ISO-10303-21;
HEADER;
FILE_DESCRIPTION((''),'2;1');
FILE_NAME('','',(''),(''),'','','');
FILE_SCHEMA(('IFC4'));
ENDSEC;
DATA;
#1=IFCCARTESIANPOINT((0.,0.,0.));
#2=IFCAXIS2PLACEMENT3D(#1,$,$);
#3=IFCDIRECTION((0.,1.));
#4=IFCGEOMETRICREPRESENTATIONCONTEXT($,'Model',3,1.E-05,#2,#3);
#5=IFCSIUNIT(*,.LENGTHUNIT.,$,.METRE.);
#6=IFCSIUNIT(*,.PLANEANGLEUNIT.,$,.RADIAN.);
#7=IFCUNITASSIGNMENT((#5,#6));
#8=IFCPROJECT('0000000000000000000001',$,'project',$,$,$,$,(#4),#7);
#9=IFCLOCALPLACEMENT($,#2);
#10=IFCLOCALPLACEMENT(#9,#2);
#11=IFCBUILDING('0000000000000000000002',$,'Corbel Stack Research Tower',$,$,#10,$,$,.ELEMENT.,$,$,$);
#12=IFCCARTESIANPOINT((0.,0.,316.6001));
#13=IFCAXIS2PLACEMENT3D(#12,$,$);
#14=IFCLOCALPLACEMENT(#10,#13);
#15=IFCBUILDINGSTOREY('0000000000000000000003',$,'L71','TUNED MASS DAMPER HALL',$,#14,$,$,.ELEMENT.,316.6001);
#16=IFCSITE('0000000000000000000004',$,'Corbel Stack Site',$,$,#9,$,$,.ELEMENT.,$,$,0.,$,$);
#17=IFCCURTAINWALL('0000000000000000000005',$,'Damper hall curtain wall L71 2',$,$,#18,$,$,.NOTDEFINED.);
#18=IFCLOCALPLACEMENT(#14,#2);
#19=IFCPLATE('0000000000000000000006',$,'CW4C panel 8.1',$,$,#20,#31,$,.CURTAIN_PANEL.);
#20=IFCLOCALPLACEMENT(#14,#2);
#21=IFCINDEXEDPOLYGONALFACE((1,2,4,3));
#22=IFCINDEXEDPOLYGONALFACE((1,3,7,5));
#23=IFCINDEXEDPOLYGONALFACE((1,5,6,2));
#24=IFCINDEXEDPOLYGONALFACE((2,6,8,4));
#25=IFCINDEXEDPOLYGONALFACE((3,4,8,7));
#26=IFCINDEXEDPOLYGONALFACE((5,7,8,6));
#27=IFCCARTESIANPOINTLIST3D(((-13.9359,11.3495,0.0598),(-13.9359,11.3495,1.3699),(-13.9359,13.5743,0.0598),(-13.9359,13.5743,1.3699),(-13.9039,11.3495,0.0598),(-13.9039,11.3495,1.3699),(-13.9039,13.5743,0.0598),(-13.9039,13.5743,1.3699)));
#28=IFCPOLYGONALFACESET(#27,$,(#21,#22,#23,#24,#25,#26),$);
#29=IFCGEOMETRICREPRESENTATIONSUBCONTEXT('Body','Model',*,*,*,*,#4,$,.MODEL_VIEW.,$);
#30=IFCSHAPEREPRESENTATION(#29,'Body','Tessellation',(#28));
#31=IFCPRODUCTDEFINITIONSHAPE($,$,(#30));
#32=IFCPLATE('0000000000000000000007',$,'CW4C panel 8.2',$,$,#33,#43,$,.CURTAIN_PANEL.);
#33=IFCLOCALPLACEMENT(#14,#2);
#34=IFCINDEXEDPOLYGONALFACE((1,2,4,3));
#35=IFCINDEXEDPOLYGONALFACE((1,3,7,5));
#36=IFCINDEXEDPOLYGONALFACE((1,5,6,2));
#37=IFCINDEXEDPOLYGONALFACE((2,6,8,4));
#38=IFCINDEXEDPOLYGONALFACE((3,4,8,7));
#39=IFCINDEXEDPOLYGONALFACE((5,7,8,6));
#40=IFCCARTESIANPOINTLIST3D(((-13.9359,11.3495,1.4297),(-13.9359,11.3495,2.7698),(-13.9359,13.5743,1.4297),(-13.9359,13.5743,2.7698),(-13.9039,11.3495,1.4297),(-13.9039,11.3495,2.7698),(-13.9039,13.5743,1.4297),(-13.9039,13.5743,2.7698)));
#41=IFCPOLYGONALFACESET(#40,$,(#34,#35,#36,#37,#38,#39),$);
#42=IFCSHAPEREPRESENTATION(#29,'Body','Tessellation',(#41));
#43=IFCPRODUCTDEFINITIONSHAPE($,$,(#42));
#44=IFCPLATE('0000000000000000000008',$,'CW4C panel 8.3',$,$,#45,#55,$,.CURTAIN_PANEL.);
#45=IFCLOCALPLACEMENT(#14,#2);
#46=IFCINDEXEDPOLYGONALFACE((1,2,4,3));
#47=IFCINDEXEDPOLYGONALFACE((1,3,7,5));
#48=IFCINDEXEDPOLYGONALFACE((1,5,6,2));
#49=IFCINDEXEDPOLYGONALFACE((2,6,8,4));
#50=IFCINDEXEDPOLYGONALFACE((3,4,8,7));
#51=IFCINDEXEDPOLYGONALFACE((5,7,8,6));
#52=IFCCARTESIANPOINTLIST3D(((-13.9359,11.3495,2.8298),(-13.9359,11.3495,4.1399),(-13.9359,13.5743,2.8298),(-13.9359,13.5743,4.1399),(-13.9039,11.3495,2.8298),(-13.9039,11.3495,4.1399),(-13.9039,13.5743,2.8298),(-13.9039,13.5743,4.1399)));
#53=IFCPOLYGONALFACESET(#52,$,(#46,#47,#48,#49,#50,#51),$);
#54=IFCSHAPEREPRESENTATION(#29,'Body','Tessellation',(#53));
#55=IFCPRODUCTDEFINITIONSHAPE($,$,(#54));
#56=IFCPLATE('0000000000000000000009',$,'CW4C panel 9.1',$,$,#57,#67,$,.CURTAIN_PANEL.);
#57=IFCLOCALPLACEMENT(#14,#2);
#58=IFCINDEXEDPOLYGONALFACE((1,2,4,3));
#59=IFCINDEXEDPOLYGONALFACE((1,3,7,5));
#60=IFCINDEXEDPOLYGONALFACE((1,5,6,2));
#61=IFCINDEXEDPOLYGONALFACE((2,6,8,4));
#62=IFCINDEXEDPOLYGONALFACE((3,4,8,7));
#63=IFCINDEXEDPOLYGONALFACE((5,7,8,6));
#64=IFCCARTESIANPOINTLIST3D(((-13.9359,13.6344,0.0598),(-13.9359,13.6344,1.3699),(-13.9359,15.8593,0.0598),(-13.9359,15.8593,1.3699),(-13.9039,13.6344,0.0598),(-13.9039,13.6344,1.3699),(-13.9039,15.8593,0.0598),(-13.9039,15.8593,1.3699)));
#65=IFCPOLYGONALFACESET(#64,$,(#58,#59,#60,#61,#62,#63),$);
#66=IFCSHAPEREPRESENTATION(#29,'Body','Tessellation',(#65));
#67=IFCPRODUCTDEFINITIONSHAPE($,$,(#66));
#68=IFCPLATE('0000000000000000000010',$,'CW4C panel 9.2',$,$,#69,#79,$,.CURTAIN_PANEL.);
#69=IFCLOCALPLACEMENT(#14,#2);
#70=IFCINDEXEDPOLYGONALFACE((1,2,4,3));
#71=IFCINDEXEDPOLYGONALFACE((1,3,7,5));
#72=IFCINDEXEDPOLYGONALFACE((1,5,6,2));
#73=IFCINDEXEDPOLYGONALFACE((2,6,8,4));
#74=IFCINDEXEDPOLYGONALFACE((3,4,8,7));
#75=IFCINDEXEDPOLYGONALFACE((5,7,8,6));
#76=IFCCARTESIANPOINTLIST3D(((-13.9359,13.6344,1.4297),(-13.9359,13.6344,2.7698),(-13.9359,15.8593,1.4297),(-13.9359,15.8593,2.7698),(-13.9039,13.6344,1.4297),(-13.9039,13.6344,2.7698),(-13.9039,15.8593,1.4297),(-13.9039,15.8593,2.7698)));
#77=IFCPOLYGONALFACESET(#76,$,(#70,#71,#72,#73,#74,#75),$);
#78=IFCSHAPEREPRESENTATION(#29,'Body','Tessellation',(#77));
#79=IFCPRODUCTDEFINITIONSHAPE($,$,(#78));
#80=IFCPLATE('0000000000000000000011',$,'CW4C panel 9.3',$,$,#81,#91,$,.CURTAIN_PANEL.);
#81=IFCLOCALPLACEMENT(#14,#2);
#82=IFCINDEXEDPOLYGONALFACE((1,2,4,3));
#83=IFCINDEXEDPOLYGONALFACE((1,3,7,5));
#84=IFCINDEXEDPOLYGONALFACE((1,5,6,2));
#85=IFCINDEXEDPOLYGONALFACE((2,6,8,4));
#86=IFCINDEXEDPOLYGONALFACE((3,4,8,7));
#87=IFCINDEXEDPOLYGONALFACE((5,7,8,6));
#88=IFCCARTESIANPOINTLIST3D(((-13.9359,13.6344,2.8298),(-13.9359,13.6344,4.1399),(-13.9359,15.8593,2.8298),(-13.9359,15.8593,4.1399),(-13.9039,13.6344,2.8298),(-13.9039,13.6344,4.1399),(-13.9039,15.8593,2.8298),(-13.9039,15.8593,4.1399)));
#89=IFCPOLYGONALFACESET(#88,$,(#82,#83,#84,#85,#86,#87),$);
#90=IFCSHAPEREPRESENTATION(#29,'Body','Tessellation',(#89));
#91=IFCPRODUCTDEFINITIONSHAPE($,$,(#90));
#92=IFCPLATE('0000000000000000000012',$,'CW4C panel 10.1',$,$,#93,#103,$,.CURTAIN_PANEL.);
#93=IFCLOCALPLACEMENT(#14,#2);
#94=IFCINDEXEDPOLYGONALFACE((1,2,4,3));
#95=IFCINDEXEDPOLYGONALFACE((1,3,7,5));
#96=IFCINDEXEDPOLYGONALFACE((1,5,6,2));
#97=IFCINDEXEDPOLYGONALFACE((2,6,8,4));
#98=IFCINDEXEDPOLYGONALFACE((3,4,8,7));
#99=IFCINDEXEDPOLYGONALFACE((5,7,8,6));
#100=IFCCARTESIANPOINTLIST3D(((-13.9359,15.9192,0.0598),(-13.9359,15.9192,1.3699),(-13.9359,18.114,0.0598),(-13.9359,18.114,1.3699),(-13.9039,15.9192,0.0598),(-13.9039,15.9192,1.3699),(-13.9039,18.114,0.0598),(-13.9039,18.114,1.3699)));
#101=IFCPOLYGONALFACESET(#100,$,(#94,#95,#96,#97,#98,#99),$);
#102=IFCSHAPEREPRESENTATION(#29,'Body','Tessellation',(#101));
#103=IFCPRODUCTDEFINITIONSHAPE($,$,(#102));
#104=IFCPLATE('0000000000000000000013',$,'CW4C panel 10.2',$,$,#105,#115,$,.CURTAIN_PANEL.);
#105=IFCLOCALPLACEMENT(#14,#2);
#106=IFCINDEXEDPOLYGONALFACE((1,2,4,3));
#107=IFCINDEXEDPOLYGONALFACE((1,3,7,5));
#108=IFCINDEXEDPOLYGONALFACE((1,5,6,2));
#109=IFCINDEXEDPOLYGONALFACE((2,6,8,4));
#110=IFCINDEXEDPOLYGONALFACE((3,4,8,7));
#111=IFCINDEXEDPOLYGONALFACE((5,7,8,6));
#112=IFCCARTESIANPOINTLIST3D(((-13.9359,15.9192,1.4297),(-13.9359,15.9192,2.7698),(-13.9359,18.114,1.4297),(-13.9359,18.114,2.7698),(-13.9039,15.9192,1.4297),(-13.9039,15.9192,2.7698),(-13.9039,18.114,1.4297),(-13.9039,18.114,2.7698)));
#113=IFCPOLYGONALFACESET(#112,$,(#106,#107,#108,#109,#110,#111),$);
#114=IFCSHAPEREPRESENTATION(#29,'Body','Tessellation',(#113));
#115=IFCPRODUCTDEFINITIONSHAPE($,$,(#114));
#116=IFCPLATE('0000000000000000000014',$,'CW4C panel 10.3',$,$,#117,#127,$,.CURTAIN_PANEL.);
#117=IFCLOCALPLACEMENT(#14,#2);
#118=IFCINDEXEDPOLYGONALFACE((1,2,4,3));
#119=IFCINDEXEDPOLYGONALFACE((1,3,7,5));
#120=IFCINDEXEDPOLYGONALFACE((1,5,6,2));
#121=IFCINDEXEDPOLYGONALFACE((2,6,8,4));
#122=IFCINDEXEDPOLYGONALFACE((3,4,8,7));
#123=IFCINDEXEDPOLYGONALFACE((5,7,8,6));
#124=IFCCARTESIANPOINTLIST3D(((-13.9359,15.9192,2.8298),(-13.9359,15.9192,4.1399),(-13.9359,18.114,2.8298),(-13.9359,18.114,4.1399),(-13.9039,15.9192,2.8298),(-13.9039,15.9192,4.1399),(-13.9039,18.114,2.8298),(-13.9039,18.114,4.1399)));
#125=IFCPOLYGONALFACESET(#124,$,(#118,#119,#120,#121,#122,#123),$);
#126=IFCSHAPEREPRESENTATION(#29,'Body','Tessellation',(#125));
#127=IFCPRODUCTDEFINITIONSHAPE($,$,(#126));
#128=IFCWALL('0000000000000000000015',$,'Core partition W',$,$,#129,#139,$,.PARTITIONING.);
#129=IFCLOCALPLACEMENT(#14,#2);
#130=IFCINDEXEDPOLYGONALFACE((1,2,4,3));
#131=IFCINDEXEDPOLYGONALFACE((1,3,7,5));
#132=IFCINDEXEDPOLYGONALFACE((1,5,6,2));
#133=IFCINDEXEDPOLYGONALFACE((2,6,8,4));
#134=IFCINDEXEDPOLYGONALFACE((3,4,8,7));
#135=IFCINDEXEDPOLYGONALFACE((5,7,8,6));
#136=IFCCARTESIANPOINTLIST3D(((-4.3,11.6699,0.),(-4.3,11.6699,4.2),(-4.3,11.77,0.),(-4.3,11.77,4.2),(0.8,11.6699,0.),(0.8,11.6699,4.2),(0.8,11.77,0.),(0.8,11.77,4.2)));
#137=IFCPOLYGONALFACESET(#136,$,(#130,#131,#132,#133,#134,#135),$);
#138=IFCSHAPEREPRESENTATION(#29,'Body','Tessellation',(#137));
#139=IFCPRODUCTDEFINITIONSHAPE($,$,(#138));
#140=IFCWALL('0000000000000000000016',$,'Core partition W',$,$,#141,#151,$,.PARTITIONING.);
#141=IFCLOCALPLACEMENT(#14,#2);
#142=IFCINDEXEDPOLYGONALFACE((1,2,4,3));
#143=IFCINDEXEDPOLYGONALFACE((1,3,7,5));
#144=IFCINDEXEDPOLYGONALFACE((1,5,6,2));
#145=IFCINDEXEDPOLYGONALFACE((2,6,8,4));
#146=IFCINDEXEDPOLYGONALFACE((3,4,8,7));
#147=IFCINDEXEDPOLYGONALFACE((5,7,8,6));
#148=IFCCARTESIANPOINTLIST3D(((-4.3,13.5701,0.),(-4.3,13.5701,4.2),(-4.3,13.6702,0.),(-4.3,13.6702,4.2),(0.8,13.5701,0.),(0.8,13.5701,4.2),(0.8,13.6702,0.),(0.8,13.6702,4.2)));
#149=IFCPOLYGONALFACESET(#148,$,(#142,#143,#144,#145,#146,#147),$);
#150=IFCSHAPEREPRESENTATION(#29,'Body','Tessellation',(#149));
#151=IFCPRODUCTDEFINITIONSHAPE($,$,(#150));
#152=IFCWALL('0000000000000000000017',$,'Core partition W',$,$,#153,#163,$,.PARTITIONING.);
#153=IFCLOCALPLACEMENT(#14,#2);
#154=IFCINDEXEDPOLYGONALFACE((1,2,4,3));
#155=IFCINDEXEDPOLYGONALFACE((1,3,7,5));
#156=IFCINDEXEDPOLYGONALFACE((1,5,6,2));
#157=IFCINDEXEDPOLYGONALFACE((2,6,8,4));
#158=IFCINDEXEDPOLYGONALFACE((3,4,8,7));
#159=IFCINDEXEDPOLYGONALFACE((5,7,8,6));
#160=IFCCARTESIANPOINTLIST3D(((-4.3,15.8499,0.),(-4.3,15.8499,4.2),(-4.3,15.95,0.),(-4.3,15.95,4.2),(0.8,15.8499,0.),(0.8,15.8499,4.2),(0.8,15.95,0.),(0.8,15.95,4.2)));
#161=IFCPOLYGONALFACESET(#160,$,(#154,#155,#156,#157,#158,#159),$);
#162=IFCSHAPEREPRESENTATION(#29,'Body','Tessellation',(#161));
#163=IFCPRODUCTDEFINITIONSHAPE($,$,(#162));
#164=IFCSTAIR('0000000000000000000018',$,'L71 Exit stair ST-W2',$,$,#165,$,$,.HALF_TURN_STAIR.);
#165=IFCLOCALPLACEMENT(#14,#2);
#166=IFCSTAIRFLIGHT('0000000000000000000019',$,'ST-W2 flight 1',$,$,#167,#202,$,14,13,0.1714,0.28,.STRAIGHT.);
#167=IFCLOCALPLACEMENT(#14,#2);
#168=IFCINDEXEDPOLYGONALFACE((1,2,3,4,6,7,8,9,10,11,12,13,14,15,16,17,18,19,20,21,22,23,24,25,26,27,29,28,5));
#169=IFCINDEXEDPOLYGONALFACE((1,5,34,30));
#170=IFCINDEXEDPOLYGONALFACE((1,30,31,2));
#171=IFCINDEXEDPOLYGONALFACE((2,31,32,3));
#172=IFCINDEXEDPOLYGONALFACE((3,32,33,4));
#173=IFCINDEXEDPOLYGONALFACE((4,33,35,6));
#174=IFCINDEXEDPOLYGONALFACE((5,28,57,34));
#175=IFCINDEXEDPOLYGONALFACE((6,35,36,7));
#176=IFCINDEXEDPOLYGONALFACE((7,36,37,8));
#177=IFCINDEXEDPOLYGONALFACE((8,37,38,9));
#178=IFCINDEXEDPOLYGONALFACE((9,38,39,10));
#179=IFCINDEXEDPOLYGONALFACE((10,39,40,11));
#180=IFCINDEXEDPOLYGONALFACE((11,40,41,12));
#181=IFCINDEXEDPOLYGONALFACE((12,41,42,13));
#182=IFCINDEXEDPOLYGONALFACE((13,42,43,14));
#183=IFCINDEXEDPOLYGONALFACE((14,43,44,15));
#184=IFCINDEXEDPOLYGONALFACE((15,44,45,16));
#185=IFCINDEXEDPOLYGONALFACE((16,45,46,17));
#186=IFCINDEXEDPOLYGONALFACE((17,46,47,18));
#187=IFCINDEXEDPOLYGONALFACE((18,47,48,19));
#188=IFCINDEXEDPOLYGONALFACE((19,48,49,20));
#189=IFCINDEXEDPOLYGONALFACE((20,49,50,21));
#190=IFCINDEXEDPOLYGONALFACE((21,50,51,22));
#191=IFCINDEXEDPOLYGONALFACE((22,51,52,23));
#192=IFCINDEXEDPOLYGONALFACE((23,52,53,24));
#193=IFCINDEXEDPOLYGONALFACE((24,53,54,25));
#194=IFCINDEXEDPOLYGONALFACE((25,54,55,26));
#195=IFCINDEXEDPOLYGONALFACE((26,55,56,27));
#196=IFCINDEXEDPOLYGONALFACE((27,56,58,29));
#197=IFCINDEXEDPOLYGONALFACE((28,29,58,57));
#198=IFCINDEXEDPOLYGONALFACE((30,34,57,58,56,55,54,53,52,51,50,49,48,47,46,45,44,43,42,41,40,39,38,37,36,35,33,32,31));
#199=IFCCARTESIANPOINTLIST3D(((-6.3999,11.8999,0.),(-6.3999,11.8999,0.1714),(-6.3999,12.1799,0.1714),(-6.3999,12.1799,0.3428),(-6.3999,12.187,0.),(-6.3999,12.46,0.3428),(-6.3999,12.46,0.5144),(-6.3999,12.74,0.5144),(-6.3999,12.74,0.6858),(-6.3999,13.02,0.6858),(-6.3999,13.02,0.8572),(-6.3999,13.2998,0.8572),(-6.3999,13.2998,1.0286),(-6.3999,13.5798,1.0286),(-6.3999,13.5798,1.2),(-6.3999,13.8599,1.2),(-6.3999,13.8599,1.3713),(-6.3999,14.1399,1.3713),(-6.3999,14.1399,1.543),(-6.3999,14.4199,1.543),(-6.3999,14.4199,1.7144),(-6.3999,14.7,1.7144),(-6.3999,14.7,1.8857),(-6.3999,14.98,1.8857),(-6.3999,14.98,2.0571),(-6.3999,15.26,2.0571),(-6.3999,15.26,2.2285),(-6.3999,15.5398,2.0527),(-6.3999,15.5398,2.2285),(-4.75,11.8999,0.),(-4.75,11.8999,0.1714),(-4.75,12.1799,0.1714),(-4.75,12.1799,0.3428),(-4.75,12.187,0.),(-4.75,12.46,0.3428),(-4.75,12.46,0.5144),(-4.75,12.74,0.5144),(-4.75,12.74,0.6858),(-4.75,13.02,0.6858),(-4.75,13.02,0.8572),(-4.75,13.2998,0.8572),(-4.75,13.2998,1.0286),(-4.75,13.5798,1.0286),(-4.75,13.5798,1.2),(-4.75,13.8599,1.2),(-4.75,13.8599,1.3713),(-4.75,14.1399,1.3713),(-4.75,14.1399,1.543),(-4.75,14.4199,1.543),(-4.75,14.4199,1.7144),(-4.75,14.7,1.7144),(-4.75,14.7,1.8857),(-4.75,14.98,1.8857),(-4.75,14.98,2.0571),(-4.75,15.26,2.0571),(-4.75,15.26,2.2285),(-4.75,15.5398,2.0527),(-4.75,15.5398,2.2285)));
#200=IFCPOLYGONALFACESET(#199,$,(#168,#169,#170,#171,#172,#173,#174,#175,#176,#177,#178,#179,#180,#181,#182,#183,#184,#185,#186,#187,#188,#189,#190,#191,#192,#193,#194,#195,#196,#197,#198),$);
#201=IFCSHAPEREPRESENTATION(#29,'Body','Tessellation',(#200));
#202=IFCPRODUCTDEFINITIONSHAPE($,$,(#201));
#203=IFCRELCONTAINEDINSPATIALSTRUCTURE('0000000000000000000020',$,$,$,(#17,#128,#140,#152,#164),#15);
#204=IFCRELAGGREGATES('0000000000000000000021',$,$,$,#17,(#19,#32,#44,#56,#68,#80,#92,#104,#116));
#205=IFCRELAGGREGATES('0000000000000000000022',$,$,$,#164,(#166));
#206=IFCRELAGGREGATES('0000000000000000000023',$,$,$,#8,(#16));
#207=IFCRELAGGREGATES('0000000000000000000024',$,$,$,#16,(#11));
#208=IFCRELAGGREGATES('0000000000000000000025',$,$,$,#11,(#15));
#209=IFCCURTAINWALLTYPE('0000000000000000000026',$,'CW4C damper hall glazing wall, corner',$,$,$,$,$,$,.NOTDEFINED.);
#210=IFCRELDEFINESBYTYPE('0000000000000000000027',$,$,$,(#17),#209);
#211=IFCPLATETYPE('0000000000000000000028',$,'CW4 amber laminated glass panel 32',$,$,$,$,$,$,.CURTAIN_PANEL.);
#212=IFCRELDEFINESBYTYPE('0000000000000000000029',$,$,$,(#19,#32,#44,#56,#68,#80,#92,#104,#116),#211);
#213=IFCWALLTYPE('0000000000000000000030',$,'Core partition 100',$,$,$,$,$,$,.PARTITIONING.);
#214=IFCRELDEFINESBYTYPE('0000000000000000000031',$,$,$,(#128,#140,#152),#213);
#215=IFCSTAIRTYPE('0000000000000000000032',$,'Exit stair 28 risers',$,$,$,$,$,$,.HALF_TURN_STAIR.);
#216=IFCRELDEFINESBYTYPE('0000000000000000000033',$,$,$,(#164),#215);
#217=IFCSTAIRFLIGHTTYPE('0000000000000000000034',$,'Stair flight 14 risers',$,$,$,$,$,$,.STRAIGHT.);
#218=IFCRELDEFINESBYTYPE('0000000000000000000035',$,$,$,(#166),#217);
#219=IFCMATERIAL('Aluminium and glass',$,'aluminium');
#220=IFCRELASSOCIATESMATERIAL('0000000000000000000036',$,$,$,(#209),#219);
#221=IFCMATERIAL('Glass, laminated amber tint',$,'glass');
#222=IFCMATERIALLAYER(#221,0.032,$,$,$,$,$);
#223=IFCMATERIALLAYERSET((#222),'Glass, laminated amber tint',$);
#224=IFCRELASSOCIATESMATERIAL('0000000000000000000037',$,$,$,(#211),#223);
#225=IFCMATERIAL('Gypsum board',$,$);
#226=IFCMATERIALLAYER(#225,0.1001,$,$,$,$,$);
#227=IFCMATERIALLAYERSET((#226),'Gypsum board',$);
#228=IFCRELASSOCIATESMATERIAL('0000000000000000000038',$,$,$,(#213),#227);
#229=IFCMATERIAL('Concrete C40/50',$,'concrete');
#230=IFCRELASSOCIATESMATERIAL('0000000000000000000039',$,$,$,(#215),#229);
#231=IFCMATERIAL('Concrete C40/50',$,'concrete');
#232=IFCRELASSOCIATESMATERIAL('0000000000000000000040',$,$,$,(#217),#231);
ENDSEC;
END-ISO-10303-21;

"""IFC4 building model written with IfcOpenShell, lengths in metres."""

from ifc_helpers import new_model, si_unit, direction, frame, frame_2d, origin, origin_2d, place, context, subcontext, project, spatial, polyline, rectangle, outline, extrude, material, layer, layer_set, type_object, element, aggregate, save


model = new_model("IFC4")

# Units and contexts
model_context = context("Model", 3, precision=1e-05, world=origin(), true_north=direction((0.0, 1.0)))
body_context = subcontext(model_context, "Body", "Model", "MODEL_VIEW")
ifc_project = project(units=[si_unit("LENGTHUNIT", "METRE"), si_unit("PLANEANGLEUNIT", "RADIAN")], contexts=[model_context])

# Site, building, storey
site_placement = place(None, origin())
site = spatial("IfcSite", under=ifc_project, at=site_placement, Name="Corbel Stack Site", CompositionType="ELEMENT", RefElevation=0.0)
building_placement = place(site_placement, origin())
building = spatial("IfcBuilding", under=site, at=building_placement, Name="Corbel Stack Research Tower", CompositionType="ELEMENT")
storey_placement = place(building_placement, frame((0.0, 0.0, 316.6001)))
storey = spatial("IfcBuildingStorey", under=building, at=storey_placement, Name="L71", Description="TUNED MASS DAMPER HALL", CompositionType="ELEMENT", Elevation=316.6001)

# Curtain wall
ifc_material_1 = material(Name="Aluminium and glass", Category="aluminium")
curtain_wall_type = type_object("IfcCurtainWallType", Name="CW4C damper hall glazing wall, corner", PredefinedType="NOTDEFINED", material=ifc_material_1)
curtain_wall_placement = place(storey_placement, origin())
curtain_wall = element("IfcCurtainWall", 1, at=curtain_wall_placement, inside=storey, type_object=curtain_wall_type, Name="Damper hall curtain wall L71 2", PredefinedType="NOTDEFINED")

# Plates
ifc_material_2 = material(Name="Glass, laminated amber tint", Category="glass")
ifc_layer_1 = layer(ifc_material_2, 0.032)
ifc_layer_set_1 = layer_set([ifc_layer_1], Name="Glass, laminated amber tint")
plate_type = type_object("IfcPlateType", Name="CW4 amber laminated glass panel 32", PredefinedType="CURTAIN_PANEL", material=ifc_layer_set_1)
plate_1_placement = place(storey_placement, frame((-13.9199, 12.4619, 0.0598), z_axis=(0.0, 0.0, 1.0), x_axis=(0.0, 1.0, 0.0)))
plate_1 = element("IfcPlate", 2, at=plate_1_placement, type_object=plate_type, Name="CW4C panel 8.1", PredefinedType="CURTAIN_PANEL", context=body_context, shape_type="SweptSolid", body=[
    extrude(rectangle(XDim=2.2249, YDim=0.032, at=origin_2d()), origin(), (0.0, 0.0, 1.0), 1.3101),
])
plate_2_placement = place(storey_placement, frame((-13.9199, 12.4619, 1.4297), z_axis=(0.0, 0.0, 1.0), x_axis=(0.0, 1.0, 0.0)))
plate_2 = element("IfcPlate", 3, at=plate_2_placement, type_object=plate_type, Name="CW4C panel 8.2", PredefinedType="CURTAIN_PANEL", context=body_context, shape_type="SweptSolid", body=[
    extrude(rectangle(XDim=2.2249, YDim=0.032, at=origin_2d()), origin(), (0.0, 0.0, 1.0), 1.3401),
])
plate_3_placement = place(storey_placement, frame((-13.9199, 12.4619, 2.8298), z_axis=(0.0, 0.0, 1.0), x_axis=(0.0, 1.0, 0.0)))
plate_3 = element("IfcPlate", 4, at=plate_3_placement, type_object=plate_type, Name="CW4C panel 8.3", PredefinedType="CURTAIN_PANEL", context=body_context, shape_type="SweptSolid", body=[
    extrude(rectangle(XDim=2.2249, YDim=0.032, at=origin_2d()), origin(), (0.0, 0.0, 1.0), 1.3101),
])
plate_4_placement = place(storey_placement, frame((-13.9199, 14.7468, 0.0598), z_axis=(0.0, 0.0, 1.0), x_axis=(0.0, 1.0, 0.0)))
plate_4 = element("IfcPlate", 5, at=plate_4_placement, type_object=plate_type, Name="CW4C panel 9.1", PredefinedType="CURTAIN_PANEL", context=body_context, shape_type="SweptSolid", body=[
    extrude(rectangle(XDim=2.2249, YDim=0.032, at=origin_2d()), origin(), (0.0, 0.0, 1.0), 1.3101),
])
plate_5_placement = place(storey_placement, frame((-13.9199, 14.7468, 1.4297), z_axis=(0.0, 0.0, 1.0), x_axis=(0.0, 1.0, 0.0)))
plate_5 = element("IfcPlate", 6, at=plate_5_placement, type_object=plate_type, Name="CW4C panel 9.2", PredefinedType="CURTAIN_PANEL", context=body_context, shape_type="SweptSolid", body=[
    extrude(rectangle(XDim=2.2249, YDim=0.032, at=origin_2d()), origin(), (0.0, 0.0, 1.0), 1.3401),
])
plate_6_placement = place(storey_placement, frame((-13.9199, 14.7468, 2.8298), z_axis=(0.0, 0.0, 1.0), x_axis=(0.0, 1.0, 0.0)))
plate_6 = element("IfcPlate", 7, at=plate_6_placement, type_object=plate_type, Name="CW4C panel 9.3", PredefinedType="CURTAIN_PANEL", context=body_context, shape_type="SweptSolid", body=[
    extrude(rectangle(XDim=2.2249, YDim=0.032, at=origin_2d()), origin(), (0.0, 0.0, 1.0), 1.3101),
])
plate_7_placement = place(storey_placement, frame((-13.9199, 17.0166, 0.0598), z_axis=(0.0, 0.0, 1.0), x_axis=(0.0, 1.0, 0.0)))
plate_7 = element("IfcPlate", 8, at=plate_7_placement, type_object=plate_type, Name="CW4C panel 10.1", PredefinedType="CURTAIN_PANEL", context=body_context, shape_type="SweptSolid", body=[
    extrude(rectangle(XDim=2.1948, YDim=0.032, at=origin_2d()), origin(), (0.0, 0.0, 1.0), 1.3101),
])
plate_8_placement = place(storey_placement, frame((-13.9199, 17.0166, 1.4297), z_axis=(0.0, 0.0, 1.0), x_axis=(0.0, 1.0, 0.0)))
plate_8 = element("IfcPlate", 9, at=plate_8_placement, type_object=plate_type, Name="CW4C panel 10.2", PredefinedType="CURTAIN_PANEL", context=body_context, shape_type="SweptSolid", body=[
    extrude(rectangle(XDim=2.1948, YDim=0.032, at=origin_2d()), origin(), (0.0, 0.0, 1.0), 1.3401),
])
plate_9_placement = place(storey_placement, frame((-13.9199, 17.0166, 2.8298), z_axis=(0.0, 0.0, 1.0), x_axis=(0.0, 1.0, 0.0)))
plate_9 = element("IfcPlate", 10, at=plate_9_placement, type_object=plate_type, Name="CW4C panel 10.3", PredefinedType="CURTAIN_PANEL", context=body_context, shape_type="SweptSolid", body=[
    extrude(rectangle(XDim=2.1948, YDim=0.032, at=origin_2d()), origin(), (0.0, 0.0, 1.0), 1.3101),
])
aggregate(curtain_wall, [plate_1, plate_2, plate_3, plate_4, plate_5, plate_6, plate_7, plate_8, plate_9])

# Walls
ifc_material_3 = material(Name="Gypsum board")
ifc_layer_2 = layer(ifc_material_3, 0.1001)
ifc_layer_set_2 = layer_set([ifc_layer_2], Name="Gypsum board")
wall_type = type_object("IfcWallType", Name="Core partition 100", PredefinedType="PARTITIONING", material=ifc_layer_set_2)
for number, where, z_axis, x_axis, name in (
    (11, (-4.3, 11.72, 0.0), (0.0, 0.0, 1.0), (1.0, 0.0, 0.0), "Core partition W"),
    (12, (-4.3, 13.6201, 0.0), (0.0, 0.0, 1.0), (1.0, 0.0, 0.0), "Core partition W"),
    (13, (-4.3, 15.8999, 0.0), (0.0, 0.0, 1.0), (1.0, 0.0, 0.0), "Core partition W"),
):
    element("IfcWall", number, at=place(storey_placement, frame(where, z_axis=z_axis, x_axis=x_axis)), inside=storey, type_object=wall_type, Name=name, PredefinedType="PARTITIONING", context=body_context, shape_type="SweptSolid", body=[
        extrude(rectangle(XDim=5.1001, YDim=0.1001, at=frame_2d((2.55, 0.0))), origin(), (0.0, 0.0, 1.0), 4.2),
    ])

# Stair, stair flight
ifc_material_4 = material(Name="Concrete C40/50", Category="concrete")
stair_type = type_object("IfcStairType", Name="Exit stair 28 risers", PredefinedType="HALF_TURN_STAIR", material=ifc_material_4)
stair_placement = place(storey_placement, origin())
stair = element("IfcStair", 14, at=stair_placement, inside=storey, type_object=stair_type, Name="L71 Exit stair ST-W2", PredefinedType="HALF_TURN_STAIR")
ifc_material_5 = material(Name="Concrete C40/50", Category="concrete")
stair_flight_type = type_object("IfcStairFlightType", Name="Stair flight 14 risers", PredefinedType="STRAIGHT", material=ifc_material_5)
stair_flight_1_placement = place(storey_placement, frame((-5.575, 11.8999, 0.0), z_axis=(0.0, 0.0, 1.0), x_axis=(0.0, 1.0, 0.0)))
stair_flight_1 = element("IfcStairFlight", 15, at=stair_flight_1_placement, type_object=stair_flight_type, Name="ST-W2 flight 1", NumberOfRisers=14, NumberOfTreads=13, PredefinedType="STRAIGHT", RiserHeight=0.1714, TreadLength=0.28, context=body_context, shape_type="SweptSolid", body=[
    extrude(outline(polyline([(0.0, 0.0), (0.0, 0.1714), (0.28, 0.1714), (0.28, 0.3428), (0.5601, 0.3428), (0.5601, 0.5144), (0.8401, 0.5144), (0.8401, 0.6858), (1.1201, 0.6858), (1.1201, 0.8572), (1.3999, 0.8572), (1.3999, 1.0286), (1.6799, 1.0286), (1.6799, 1.2), (1.96, 1.2), (1.96, 1.3713), (2.24, 1.3713), (2.24, 1.543), (2.52, 1.543), (2.52, 1.7144), (2.8, 1.7144), (2.8, 1.8857), (3.0801, 1.8857), (3.0801, 2.0571), (3.3601, 2.0571), (3.3601, 2.2285), (3.6399, 2.2285), (3.6399, 2.3999), (3.6399, 2.0527), (0.2871, 0.0), (0.0, 0.0)])), frame((0.0, 0.825, 0.0), z_axis=(0.0, -1.0, 0.0), x_axis=(1.0, 0.0, 0.0)), (0.0, 0.0, 1.0), 1.6499),
])
aggregate(stair, [stair_flight_1])

save(model, "model.ifc")
